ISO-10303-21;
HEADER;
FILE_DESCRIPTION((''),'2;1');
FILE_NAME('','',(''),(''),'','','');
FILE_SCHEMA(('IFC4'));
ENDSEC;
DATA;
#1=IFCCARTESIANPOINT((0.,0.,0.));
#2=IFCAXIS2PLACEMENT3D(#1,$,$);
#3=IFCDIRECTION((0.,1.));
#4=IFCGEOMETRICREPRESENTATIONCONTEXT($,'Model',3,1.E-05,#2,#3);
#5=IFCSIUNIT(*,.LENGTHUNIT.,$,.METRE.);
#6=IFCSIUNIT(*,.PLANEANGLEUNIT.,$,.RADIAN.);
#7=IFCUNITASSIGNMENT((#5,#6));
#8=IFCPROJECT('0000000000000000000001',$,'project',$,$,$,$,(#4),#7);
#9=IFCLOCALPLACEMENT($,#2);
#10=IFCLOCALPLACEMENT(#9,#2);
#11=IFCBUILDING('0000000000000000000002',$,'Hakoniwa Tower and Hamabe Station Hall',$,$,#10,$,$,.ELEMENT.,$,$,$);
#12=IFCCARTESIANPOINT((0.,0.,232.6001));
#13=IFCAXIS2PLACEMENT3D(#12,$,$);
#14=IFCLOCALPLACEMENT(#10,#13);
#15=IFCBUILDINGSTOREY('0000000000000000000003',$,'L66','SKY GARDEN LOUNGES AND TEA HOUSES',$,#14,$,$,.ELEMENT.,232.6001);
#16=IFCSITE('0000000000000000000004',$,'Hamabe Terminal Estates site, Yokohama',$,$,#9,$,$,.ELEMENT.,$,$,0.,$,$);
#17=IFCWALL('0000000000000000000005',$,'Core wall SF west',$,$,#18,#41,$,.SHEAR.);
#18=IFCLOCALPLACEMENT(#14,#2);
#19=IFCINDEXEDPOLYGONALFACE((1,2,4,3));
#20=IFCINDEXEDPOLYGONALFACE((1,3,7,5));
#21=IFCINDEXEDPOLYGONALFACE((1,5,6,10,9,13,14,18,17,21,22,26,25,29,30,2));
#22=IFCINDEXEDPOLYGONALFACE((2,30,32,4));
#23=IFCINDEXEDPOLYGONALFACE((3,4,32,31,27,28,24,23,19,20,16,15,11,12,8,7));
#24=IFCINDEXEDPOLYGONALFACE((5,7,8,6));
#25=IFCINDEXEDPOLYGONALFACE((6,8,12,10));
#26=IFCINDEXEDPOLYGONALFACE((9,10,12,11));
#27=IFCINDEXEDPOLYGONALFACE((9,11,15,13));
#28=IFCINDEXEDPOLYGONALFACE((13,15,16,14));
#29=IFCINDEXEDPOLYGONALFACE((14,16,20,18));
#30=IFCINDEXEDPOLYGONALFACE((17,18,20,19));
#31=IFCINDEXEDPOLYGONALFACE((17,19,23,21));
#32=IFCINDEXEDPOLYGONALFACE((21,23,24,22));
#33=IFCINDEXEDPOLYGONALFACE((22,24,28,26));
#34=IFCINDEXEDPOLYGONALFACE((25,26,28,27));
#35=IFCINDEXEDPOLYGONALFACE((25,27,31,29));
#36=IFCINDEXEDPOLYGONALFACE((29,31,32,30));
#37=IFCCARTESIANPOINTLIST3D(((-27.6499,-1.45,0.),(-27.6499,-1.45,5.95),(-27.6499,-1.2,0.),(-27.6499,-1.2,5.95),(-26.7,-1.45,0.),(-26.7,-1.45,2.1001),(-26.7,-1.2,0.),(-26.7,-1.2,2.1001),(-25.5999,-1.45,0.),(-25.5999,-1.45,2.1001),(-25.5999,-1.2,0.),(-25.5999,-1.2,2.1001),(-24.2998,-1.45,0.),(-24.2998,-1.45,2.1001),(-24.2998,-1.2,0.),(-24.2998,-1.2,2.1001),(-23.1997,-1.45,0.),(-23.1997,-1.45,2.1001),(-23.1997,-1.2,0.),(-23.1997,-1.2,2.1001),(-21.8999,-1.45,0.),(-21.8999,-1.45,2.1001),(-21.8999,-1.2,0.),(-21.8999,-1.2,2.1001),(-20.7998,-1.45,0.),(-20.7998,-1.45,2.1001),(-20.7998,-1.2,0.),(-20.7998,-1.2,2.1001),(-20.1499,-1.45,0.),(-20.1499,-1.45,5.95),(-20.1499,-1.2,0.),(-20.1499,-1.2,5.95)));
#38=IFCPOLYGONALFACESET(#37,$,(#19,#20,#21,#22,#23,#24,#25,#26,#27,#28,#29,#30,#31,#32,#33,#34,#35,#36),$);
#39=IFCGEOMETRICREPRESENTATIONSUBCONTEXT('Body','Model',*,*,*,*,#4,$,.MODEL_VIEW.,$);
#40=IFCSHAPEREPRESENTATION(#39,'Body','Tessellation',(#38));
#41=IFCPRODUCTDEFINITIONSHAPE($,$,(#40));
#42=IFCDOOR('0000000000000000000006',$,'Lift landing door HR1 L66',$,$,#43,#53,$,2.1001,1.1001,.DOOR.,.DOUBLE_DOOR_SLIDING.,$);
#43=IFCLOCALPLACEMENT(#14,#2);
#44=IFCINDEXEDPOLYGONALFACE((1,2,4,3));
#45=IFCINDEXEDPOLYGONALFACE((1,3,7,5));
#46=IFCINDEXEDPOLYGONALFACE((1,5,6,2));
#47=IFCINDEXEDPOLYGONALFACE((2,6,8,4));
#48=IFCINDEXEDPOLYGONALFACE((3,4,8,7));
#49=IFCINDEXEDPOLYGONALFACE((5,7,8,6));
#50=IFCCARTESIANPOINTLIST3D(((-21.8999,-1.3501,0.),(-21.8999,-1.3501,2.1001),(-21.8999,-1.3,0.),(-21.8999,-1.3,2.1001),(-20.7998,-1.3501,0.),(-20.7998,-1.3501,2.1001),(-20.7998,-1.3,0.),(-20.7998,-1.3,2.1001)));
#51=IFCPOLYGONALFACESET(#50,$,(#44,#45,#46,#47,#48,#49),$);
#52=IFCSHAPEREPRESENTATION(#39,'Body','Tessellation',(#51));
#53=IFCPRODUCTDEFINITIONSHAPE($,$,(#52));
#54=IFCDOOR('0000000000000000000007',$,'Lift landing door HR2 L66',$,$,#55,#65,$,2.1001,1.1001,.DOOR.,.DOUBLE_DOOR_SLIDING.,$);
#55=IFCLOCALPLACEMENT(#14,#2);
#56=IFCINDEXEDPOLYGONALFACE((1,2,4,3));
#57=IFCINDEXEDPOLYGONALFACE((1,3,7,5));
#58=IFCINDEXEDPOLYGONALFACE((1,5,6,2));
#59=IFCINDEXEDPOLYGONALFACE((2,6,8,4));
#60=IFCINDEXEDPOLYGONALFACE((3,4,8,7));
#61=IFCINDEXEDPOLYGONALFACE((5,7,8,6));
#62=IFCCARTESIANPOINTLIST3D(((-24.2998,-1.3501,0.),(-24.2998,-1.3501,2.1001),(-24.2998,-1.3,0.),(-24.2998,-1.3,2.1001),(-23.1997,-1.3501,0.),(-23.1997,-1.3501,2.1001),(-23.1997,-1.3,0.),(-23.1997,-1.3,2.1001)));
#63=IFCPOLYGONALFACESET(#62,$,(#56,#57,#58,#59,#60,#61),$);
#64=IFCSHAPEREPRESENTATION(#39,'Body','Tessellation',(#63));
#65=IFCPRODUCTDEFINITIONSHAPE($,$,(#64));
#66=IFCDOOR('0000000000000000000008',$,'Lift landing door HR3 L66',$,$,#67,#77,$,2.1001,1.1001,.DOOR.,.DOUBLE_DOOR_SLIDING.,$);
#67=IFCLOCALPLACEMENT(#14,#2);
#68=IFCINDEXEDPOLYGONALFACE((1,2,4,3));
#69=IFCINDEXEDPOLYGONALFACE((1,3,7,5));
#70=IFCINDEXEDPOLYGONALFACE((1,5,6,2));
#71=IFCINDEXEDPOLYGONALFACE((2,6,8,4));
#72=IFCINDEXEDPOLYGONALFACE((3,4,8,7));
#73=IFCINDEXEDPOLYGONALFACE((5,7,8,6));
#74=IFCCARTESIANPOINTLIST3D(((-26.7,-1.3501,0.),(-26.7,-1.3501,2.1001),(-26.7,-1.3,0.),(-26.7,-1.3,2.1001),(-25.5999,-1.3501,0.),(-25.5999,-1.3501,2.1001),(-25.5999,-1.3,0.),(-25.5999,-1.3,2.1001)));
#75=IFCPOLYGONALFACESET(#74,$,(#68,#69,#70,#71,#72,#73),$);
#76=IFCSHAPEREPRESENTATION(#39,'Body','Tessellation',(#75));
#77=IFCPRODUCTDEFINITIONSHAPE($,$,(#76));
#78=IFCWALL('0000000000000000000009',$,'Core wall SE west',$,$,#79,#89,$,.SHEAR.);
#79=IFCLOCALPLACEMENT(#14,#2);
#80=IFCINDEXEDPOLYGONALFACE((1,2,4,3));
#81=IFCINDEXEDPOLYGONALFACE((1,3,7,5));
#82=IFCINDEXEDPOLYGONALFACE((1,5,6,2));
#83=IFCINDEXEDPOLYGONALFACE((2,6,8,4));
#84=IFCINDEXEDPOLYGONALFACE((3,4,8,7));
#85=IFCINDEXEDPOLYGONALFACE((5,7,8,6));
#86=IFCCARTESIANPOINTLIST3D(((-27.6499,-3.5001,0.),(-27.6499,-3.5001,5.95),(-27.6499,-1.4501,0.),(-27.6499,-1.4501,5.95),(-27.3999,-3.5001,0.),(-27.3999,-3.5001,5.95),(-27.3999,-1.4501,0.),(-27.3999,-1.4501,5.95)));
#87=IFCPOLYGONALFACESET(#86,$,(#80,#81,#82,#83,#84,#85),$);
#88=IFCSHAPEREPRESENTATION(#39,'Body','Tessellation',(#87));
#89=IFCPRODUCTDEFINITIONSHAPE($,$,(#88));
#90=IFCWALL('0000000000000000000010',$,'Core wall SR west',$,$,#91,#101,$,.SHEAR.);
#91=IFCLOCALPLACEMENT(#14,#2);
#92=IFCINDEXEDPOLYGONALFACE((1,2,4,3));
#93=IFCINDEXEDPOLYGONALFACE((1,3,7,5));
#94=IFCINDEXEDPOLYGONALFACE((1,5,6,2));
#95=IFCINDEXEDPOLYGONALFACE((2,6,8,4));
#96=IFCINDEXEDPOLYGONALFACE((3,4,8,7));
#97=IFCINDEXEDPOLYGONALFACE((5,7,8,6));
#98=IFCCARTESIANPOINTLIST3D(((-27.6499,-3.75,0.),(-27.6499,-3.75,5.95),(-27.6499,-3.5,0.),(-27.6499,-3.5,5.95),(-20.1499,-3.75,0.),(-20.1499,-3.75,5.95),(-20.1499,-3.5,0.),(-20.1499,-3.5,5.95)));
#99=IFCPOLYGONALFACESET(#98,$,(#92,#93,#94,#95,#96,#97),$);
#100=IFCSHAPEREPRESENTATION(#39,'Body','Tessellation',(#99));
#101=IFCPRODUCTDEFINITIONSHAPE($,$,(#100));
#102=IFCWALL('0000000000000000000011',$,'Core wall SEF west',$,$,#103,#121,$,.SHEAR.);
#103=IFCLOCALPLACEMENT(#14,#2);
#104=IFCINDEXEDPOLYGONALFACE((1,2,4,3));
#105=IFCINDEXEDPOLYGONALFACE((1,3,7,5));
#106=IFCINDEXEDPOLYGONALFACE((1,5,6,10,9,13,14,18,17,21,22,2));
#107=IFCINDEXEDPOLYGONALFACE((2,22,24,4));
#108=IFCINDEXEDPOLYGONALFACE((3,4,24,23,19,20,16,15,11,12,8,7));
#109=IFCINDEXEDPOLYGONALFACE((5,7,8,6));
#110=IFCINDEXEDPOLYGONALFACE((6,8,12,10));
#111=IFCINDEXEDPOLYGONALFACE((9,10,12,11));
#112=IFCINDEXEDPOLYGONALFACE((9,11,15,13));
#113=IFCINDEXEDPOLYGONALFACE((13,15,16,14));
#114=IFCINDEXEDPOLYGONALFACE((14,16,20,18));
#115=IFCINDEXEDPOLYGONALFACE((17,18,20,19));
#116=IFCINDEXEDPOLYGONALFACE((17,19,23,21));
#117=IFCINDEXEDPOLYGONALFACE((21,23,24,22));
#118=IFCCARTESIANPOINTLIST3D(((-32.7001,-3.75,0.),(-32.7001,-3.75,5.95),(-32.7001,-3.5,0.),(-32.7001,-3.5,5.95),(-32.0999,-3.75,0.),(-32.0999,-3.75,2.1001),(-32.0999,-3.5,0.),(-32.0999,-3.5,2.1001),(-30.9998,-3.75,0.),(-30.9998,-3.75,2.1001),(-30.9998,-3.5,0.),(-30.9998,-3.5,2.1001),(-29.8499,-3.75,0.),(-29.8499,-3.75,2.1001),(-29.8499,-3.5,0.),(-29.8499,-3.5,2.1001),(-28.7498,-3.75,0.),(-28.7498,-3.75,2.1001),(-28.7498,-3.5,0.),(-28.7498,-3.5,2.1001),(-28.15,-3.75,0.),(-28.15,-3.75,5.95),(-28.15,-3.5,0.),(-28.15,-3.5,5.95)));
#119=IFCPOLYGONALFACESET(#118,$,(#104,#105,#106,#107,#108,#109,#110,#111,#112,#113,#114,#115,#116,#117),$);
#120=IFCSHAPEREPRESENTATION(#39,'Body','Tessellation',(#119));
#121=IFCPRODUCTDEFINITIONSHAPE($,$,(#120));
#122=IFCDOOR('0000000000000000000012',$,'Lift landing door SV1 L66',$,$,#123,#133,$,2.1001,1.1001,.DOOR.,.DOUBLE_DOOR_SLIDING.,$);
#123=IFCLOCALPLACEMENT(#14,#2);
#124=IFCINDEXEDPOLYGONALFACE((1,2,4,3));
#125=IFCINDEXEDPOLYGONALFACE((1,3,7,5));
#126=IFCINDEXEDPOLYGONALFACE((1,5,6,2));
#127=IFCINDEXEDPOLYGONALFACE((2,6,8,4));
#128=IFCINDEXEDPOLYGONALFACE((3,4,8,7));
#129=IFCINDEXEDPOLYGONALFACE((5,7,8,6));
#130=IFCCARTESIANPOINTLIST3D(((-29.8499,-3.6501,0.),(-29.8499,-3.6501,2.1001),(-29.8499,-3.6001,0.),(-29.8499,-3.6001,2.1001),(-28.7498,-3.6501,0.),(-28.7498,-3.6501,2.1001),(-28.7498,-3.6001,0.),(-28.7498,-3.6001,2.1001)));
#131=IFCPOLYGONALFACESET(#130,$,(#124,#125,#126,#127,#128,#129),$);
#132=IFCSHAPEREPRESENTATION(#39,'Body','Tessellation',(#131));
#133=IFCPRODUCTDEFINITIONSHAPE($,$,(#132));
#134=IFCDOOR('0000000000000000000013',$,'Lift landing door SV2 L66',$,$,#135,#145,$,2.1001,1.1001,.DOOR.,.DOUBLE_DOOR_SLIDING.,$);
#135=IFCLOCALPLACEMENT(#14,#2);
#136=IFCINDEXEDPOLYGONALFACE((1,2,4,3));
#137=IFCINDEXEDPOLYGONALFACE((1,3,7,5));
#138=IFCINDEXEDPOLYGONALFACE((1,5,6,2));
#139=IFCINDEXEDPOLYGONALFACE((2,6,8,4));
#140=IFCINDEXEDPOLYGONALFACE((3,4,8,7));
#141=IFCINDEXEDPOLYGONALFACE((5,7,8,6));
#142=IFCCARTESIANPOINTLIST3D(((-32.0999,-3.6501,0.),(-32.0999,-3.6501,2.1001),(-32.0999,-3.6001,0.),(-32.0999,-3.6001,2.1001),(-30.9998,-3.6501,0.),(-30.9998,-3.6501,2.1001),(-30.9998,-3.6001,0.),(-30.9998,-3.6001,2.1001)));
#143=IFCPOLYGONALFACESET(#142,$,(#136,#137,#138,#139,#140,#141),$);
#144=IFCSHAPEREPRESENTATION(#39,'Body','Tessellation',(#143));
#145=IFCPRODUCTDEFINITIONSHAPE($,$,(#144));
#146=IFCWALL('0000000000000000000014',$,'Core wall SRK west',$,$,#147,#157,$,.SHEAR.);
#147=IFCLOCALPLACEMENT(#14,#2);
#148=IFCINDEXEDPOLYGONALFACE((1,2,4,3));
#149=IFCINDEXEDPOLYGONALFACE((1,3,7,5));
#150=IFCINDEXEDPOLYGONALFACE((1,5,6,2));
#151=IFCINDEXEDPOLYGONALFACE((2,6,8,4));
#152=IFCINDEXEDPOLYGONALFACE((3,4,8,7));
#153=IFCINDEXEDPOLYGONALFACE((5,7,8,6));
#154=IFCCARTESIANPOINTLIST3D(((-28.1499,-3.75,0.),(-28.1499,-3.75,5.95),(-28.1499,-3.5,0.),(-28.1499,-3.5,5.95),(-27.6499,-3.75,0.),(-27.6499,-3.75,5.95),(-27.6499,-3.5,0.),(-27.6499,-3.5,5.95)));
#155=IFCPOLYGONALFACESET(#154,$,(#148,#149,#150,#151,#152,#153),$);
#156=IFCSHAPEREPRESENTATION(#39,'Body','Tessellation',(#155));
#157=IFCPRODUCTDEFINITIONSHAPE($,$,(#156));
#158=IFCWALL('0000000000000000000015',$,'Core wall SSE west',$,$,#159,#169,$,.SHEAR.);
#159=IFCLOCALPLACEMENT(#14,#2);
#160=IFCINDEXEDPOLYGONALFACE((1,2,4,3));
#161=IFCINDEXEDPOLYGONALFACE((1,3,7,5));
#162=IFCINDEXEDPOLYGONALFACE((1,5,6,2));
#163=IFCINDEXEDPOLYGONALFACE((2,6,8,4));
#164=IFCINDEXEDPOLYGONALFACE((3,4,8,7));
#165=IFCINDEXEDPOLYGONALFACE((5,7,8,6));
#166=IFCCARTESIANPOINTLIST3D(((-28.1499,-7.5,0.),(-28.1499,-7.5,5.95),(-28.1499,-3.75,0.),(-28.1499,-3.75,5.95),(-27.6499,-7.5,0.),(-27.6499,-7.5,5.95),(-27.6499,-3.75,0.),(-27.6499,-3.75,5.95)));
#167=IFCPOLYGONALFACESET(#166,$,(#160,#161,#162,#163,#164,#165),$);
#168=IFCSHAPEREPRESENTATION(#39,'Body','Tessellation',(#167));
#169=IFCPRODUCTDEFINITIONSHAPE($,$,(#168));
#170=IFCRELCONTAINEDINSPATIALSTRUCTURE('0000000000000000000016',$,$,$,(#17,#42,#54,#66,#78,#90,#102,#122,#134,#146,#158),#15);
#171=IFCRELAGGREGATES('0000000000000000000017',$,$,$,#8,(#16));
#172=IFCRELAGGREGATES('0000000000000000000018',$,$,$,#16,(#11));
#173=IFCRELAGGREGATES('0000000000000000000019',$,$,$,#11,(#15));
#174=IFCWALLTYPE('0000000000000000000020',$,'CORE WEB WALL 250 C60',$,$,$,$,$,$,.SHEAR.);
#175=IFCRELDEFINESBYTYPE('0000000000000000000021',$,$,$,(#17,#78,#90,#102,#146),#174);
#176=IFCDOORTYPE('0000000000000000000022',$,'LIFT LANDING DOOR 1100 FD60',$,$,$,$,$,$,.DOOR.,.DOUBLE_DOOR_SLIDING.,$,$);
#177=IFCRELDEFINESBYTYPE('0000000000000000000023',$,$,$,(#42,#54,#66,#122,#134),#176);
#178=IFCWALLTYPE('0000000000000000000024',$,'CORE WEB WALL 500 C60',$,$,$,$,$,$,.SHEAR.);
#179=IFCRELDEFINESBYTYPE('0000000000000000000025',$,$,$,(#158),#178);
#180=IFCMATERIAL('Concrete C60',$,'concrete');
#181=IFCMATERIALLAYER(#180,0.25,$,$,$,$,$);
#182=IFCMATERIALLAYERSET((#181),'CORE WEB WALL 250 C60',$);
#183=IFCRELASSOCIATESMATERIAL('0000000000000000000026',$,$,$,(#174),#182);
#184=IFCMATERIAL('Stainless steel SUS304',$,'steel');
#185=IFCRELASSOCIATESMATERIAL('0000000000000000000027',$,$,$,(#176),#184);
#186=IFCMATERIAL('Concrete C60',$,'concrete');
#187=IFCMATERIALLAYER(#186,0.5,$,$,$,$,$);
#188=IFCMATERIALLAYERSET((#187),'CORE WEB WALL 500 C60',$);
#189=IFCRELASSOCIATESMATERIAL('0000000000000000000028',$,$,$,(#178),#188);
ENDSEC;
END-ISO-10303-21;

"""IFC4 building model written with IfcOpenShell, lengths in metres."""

from ifc_helpers import new_model, si_unit, direction, frame, frame_2d, origin, place, context, subcontext, project, spatial, rectangle, extrude, material, layer, layer_set, type_object, element, fill, save


model = new_model("IFC4")

# Units and contexts
model_context = context("Model", 3, precision=1e-05, world=origin(), true_north=direction((0.0, 1.0)))
body_context = subcontext(model_context, "Body", "Model", "MODEL_VIEW")
ifc_project = project(units=[si_unit("LENGTHUNIT", "METRE"), si_unit("PLANEANGLEUNIT", "RADIAN")], contexts=[model_context])

# Site, building, storey
site_placement = place(None, origin())
site = spatial("IfcSite", under=ifc_project, at=site_placement, Name="Hamabe Terminal Estates site, Yokohama", CompositionType="ELEMENT", RefElevation=0.0)
building_placement = place(site_placement, origin())
building = spatial("IfcBuilding", under=site, at=building_placement, Name="Hakoniwa Tower and Hamabe Station Hall", CompositionType="ELEMENT")
storey_placement = place(building_placement, frame((0.0, 0.0, 232.6001)))
storey = spatial("IfcBuildingStorey", under=building, at=storey_placement, Name="L66", Description="SKY GARDEN LOUNGES AND TEA HOUSES", CompositionType="ELEMENT", Elevation=232.6001)

# Wall, openings, doors
ifc_material_1 = material(Name="Concrete C60", Category="concrete")
ifc_layer_1 = layer(ifc_material_1, 0.25)
ifc_layer_set_1 = layer_set([ifc_layer_1], Name="CORE WEB WALL 250 C60")
wall_type_1 = type_object("IfcWallType", Name="CORE WEB WALL 250 C60", PredefinedType="SHEAR", material=ifc_layer_set_1)
wall_1_placement = place(storey_placement, frame((-27.6499, -1.325, 0.0), z_axis=(0.0, 0.0, 1.0), x_axis=(1.0, 0.0, 0.0)))
wall_1 = element("IfcWall", 1, at=wall_1_placement, inside=storey, type_object=wall_type_1, Name="Core wall SF west", PredefinedType="SHEAR", context=body_context, shape_type="SweptSolid", body=[
    extrude(rectangle(XDim=7.5, YDim=0.25, at=frame_2d((3.75, 0.0))), origin(), (0.0, 0.0, 1.0), 5.95),
])
opening_1_placement = place(wall_1_placement, frame((5.75, 0.0, 0.0)))
opening_1 = element("IfcOpeningElement", 2, at=opening_1_placement, cuts=wall_1, PredefinedType="OPENING", context=body_context, shape_type="SweptSolid", body=[
    extrude(rectangle(XDim=1.1001, YDim=2.1001, at=frame_2d((0.55, 1.05))), frame((0.0, 0.135, 0.0), z_axis=(0.0, -1.0, 0.0), x_axis=(1.0, 0.0, 0.0)), (0.0, 0.0, 1.0), 0.27),
])
opening_2_placement = place(wall_1_placement, frame((3.3501, 0.0, 0.0)))
opening_2 = element("IfcOpeningElement", 3, at=opening_2_placement, cuts=wall_1, PredefinedType="OPENING", context=body_context, shape_type="SweptSolid", body=[
    extrude(rectangle(XDim=1.1001, YDim=2.1001, at=frame_2d((0.55, 1.05))), frame((0.0, 0.135, 0.0), z_axis=(0.0, -1.0, 0.0), x_axis=(1.0, 0.0, 0.0)), (0.0, 0.0, 1.0), 0.27),
])
opening_3_placement = place(wall_1_placement, frame((0.95, 0.0, 0.0)))
opening_3 = element("IfcOpeningElement", 4, at=opening_3_placement, cuts=wall_1, PredefinedType="OPENING", context=body_context, shape_type="SweptSolid", body=[
    extrude(rectangle(XDim=1.1001, YDim=2.1001, at=frame_2d((0.55, 1.05))), frame((0.0, 0.135, 0.0), z_axis=(0.0, -1.0, 0.0), x_axis=(1.0, 0.0, 0.0)), (0.0, 0.0, 1.0), 0.27),
])
ifc_material_2 = material(Name="Stainless steel SUS304", Category="steel")
door_type_1 = type_object("IfcDoorType", Name="LIFT LANDING DOOR 1100 FD60", OperationType="DOUBLE_DOOR_SLIDING", PredefinedType="DOOR", material=ifc_material_2)
door_1_placement = place(opening_1_placement, origin())
door_1 = element("IfcDoor", 5, at=door_1_placement, inside=storey, type_object=door_type_1, Name="Lift landing door HR1 L66", OperationType="DOUBLE_DOOR_SLIDING", OverallHeight=2.1001, OverallWidth=1.1001, PredefinedType="DOOR", context=body_context, shape_type="SweptSolid", body=[
    extrude(rectangle(XDim=1.1001, YDim=2.1001, at=frame_2d((0.55, 1.05))), frame((0.0, 0.0249, 0.0), z_axis=(0.0, -1.0, 0.0), x_axis=(1.0, 0.0, 0.0)), (0.0, 0.0, 1.0), 0.05),
])
fill(opening_1, door_1)
door_2_placement = place(opening_2_placement, origin())
door_2 = element("IfcDoor", 6, at=door_2_placement, inside=storey, type_object=door_type_1, Name="Lift landing door HR2 L66", OperationType="DOUBLE_DOOR_SLIDING", OverallHeight=2.1001, OverallWidth=1.1001, PredefinedType="DOOR", context=body_context, shape_type="SweptSolid", body=[
    extrude(rectangle(XDim=1.1001, YDim=2.1001, at=frame_2d((0.55, 1.05))), frame((0.0, 0.0249, 0.0), z_axis=(0.0, -1.0, 0.0), x_axis=(1.0, 0.0, 0.0)), (0.0, 0.0, 1.0), 0.05),
])
fill(opening_2, door_2)
door_3_placement = place(opening_3_placement, origin())
door_3 = element("IfcDoor", 7, at=door_3_placement, inside=storey, type_object=door_type_1, Name="Lift landing door HR3 L66", OperationType="DOUBLE_DOOR_SLIDING", OverallHeight=2.1001, OverallWidth=1.1001, PredefinedType="DOOR", context=body_context, shape_type="SweptSolid", body=[
    extrude(rectangle(XDim=1.1001, YDim=2.1001, at=frame_2d((0.55, 1.05))), frame((0.0, 0.0249, 0.0), z_axis=(0.0, -1.0, 0.0), x_axis=(1.0, 0.0, 0.0)), (0.0, 0.0, 1.0), 0.05),
])
fill(opening_3, door_3)

# Walls
wall_2_placement = place(storey_placement, frame((-27.5249, -3.5, 0.0), z_axis=(0.0, 0.0, 1.0), x_axis=(0.0, 1.0, 0.0)))
element("IfcWall", 8, at=wall_2_placement, inside=storey, type_object=wall_type_1, Name="Core wall SE west", PredefinedType="SHEAR", context=body_context, shape_type="SweptSolid", body=[
    extrude(rectangle(XDim=2.05, YDim=0.25, at=frame_2d((1.0249, 0.0))), origin(), (0.0, 0.0, 1.0), 5.95),
])
wall_3_placement = place(storey_placement, frame((-27.6499, -3.625, 0.0), z_axis=(0.0, 0.0, 1.0), x_axis=(1.0, 0.0, 0.0)))
element("IfcWall", 9, at=wall_3_placement, inside=storey, type_object=wall_type_1, Name="Core wall SR west", PredefinedType="SHEAR", context=body_context, shape_type="SweptSolid", body=[
    extrude(rectangle(XDim=7.5, YDim=0.25, at=frame_2d((3.75, 0.0))), origin(), (0.0, 0.0, 1.0), 5.95),
])

# Wall, openings, doors
wall_4_placement = place(storey_placement, frame((-32.7, -3.625, 0.0), z_axis=(0.0, 0.0, 1.0), x_axis=(1.0, 0.0, 0.0)))
wall_4 = element("IfcWall", 10, at=wall_4_placement, inside=storey, type_object=wall_type_1, Name="Core wall SEF west", PredefinedType="SHEAR", context=body_context, shape_type="SweptSolid", body=[
    extrude(rectangle(XDim=4.55, YDim=0.25, at=frame_2d((2.2749, 0.0))), origin(), (0.0, 0.0, 1.0), 5.95),
])
opening_4_placement = place(wall_4_placement, frame((2.8501, 0.0, 0.0)))
opening_4 = element("IfcOpeningElement", 11, at=opening_4_placement, cuts=wall_4, PredefinedType="OPENING", context=body_context, shape_type="SweptSolid", body=[
    extrude(rectangle(XDim=1.1001, YDim=2.1001, at=frame_2d((0.55, 1.05))), frame((0.0, 0.135, 0.0), z_axis=(0.0, -1.0, 0.0), x_axis=(1.0, 0.0, 0.0)), (0.0, 0.0, 1.0), 0.27),
])
opening_5_placement = place(wall_4_placement, frame((0.6001, 0.0, 0.0)))
opening_5 = element("IfcOpeningElement", 12, at=opening_5_placement, cuts=wall_4, PredefinedType="OPENING", context=body_context, shape_type="SweptSolid", body=[
    extrude(rectangle(XDim=1.1001, YDim=2.1001, at=frame_2d((0.55, 1.05))), frame((0.0, 0.135, 0.0), z_axis=(0.0, -1.0, 0.0), x_axis=(1.0, 0.0, 0.0)), (0.0, 0.0, 1.0), 0.27),
])
door_4_placement = place(opening_4_placement, origin())
door_4 = element("IfcDoor", 13, at=door_4_placement, inside=storey, type_object=door_type_1, Name="Lift landing door SV1 L66", OperationType="DOUBLE_DOOR_SLIDING", OverallHeight=2.1001, OverallWidth=1.1001, PredefinedType="DOOR", context=body_context, shape_type="SweptSolid", body=[
    extrude(rectangle(XDim=1.1001, YDim=2.1001, at=frame_2d((0.55, 1.05))), frame((0.0, 0.0249, 0.0), z_axis=(0.0, -1.0, 0.0), x_axis=(1.0, 0.0, 0.0)), (0.0, 0.0, 1.0), 0.05),
])
fill(opening_4, door_4)
door_5_placement = place(opening_5_placement, origin())
door_5 = element("IfcDoor", 14, at=door_5_placement, inside=storey, type_object=door_type_1, Name="Lift landing door SV2 L66", OperationType="DOUBLE_DOOR_SLIDING", OverallHeight=2.1001, OverallWidth=1.1001, PredefinedType="DOOR", context=body_context, shape_type="SweptSolid", body=[
    extrude(rectangle(XDim=1.1001, YDim=2.1001, at=frame_2d((0.55, 1.05))), frame((0.0, 0.0249, 0.0), z_axis=(0.0, -1.0, 0.0), x_axis=(1.0, 0.0, 0.0)), (0.0, 0.0, 1.0), 0.05),
])
fill(opening_5, door_5)

# Walls
wall_5_placement = place(storey_placement, frame((-28.1499, -3.625, 0.0), z_axis=(0.0, 0.0, 1.0), x_axis=(1.0, 0.0, 0.0)))
element("IfcWall", 15, at=wall_5_placement, inside=storey, type_object=wall_type_1, Name="Core wall SRK west", PredefinedType="SHEAR", context=body_context, shape_type="SweptSolid", body=[
    extrude(rectangle(XDim=0.5, YDim=0.25, at=frame_2d((0.25, 0.0))), origin(), (0.0, 0.0, 1.0), 5.95),
])
ifc_material_3 = material(Name="Concrete C60", Category="concrete")
ifc_layer_2 = layer(ifc_material_3, 0.5)
ifc_layer_set_2 = layer_set([ifc_layer_2], Name="CORE WEB WALL 500 C60")
wall_type_2 = type_object("IfcWallType", Name="CORE WEB WALL 500 C60", PredefinedType="SHEAR", material=ifc_layer_set_2)
wall_6_placement = place(storey_placement, frame((-27.8999, -7.5, 0.0), z_axis=(0.0, 0.0, 1.0), x_axis=(0.0, 1.0, 0.0)))
element("IfcWall", 16, at=wall_6_placement, inside=storey, type_object=wall_type_2, Name="Core wall SSE west", PredefinedType="SHEAR", context=body_context, shape_type="SweptSolid", body=[
    extrude(rectangle(XDim=3.75, YDim=0.5, at=frame_2d((1.875, 0.0))), origin(), (0.0, 0.0, 1.0), 5.95),
])

save(model, "model.ifc")
